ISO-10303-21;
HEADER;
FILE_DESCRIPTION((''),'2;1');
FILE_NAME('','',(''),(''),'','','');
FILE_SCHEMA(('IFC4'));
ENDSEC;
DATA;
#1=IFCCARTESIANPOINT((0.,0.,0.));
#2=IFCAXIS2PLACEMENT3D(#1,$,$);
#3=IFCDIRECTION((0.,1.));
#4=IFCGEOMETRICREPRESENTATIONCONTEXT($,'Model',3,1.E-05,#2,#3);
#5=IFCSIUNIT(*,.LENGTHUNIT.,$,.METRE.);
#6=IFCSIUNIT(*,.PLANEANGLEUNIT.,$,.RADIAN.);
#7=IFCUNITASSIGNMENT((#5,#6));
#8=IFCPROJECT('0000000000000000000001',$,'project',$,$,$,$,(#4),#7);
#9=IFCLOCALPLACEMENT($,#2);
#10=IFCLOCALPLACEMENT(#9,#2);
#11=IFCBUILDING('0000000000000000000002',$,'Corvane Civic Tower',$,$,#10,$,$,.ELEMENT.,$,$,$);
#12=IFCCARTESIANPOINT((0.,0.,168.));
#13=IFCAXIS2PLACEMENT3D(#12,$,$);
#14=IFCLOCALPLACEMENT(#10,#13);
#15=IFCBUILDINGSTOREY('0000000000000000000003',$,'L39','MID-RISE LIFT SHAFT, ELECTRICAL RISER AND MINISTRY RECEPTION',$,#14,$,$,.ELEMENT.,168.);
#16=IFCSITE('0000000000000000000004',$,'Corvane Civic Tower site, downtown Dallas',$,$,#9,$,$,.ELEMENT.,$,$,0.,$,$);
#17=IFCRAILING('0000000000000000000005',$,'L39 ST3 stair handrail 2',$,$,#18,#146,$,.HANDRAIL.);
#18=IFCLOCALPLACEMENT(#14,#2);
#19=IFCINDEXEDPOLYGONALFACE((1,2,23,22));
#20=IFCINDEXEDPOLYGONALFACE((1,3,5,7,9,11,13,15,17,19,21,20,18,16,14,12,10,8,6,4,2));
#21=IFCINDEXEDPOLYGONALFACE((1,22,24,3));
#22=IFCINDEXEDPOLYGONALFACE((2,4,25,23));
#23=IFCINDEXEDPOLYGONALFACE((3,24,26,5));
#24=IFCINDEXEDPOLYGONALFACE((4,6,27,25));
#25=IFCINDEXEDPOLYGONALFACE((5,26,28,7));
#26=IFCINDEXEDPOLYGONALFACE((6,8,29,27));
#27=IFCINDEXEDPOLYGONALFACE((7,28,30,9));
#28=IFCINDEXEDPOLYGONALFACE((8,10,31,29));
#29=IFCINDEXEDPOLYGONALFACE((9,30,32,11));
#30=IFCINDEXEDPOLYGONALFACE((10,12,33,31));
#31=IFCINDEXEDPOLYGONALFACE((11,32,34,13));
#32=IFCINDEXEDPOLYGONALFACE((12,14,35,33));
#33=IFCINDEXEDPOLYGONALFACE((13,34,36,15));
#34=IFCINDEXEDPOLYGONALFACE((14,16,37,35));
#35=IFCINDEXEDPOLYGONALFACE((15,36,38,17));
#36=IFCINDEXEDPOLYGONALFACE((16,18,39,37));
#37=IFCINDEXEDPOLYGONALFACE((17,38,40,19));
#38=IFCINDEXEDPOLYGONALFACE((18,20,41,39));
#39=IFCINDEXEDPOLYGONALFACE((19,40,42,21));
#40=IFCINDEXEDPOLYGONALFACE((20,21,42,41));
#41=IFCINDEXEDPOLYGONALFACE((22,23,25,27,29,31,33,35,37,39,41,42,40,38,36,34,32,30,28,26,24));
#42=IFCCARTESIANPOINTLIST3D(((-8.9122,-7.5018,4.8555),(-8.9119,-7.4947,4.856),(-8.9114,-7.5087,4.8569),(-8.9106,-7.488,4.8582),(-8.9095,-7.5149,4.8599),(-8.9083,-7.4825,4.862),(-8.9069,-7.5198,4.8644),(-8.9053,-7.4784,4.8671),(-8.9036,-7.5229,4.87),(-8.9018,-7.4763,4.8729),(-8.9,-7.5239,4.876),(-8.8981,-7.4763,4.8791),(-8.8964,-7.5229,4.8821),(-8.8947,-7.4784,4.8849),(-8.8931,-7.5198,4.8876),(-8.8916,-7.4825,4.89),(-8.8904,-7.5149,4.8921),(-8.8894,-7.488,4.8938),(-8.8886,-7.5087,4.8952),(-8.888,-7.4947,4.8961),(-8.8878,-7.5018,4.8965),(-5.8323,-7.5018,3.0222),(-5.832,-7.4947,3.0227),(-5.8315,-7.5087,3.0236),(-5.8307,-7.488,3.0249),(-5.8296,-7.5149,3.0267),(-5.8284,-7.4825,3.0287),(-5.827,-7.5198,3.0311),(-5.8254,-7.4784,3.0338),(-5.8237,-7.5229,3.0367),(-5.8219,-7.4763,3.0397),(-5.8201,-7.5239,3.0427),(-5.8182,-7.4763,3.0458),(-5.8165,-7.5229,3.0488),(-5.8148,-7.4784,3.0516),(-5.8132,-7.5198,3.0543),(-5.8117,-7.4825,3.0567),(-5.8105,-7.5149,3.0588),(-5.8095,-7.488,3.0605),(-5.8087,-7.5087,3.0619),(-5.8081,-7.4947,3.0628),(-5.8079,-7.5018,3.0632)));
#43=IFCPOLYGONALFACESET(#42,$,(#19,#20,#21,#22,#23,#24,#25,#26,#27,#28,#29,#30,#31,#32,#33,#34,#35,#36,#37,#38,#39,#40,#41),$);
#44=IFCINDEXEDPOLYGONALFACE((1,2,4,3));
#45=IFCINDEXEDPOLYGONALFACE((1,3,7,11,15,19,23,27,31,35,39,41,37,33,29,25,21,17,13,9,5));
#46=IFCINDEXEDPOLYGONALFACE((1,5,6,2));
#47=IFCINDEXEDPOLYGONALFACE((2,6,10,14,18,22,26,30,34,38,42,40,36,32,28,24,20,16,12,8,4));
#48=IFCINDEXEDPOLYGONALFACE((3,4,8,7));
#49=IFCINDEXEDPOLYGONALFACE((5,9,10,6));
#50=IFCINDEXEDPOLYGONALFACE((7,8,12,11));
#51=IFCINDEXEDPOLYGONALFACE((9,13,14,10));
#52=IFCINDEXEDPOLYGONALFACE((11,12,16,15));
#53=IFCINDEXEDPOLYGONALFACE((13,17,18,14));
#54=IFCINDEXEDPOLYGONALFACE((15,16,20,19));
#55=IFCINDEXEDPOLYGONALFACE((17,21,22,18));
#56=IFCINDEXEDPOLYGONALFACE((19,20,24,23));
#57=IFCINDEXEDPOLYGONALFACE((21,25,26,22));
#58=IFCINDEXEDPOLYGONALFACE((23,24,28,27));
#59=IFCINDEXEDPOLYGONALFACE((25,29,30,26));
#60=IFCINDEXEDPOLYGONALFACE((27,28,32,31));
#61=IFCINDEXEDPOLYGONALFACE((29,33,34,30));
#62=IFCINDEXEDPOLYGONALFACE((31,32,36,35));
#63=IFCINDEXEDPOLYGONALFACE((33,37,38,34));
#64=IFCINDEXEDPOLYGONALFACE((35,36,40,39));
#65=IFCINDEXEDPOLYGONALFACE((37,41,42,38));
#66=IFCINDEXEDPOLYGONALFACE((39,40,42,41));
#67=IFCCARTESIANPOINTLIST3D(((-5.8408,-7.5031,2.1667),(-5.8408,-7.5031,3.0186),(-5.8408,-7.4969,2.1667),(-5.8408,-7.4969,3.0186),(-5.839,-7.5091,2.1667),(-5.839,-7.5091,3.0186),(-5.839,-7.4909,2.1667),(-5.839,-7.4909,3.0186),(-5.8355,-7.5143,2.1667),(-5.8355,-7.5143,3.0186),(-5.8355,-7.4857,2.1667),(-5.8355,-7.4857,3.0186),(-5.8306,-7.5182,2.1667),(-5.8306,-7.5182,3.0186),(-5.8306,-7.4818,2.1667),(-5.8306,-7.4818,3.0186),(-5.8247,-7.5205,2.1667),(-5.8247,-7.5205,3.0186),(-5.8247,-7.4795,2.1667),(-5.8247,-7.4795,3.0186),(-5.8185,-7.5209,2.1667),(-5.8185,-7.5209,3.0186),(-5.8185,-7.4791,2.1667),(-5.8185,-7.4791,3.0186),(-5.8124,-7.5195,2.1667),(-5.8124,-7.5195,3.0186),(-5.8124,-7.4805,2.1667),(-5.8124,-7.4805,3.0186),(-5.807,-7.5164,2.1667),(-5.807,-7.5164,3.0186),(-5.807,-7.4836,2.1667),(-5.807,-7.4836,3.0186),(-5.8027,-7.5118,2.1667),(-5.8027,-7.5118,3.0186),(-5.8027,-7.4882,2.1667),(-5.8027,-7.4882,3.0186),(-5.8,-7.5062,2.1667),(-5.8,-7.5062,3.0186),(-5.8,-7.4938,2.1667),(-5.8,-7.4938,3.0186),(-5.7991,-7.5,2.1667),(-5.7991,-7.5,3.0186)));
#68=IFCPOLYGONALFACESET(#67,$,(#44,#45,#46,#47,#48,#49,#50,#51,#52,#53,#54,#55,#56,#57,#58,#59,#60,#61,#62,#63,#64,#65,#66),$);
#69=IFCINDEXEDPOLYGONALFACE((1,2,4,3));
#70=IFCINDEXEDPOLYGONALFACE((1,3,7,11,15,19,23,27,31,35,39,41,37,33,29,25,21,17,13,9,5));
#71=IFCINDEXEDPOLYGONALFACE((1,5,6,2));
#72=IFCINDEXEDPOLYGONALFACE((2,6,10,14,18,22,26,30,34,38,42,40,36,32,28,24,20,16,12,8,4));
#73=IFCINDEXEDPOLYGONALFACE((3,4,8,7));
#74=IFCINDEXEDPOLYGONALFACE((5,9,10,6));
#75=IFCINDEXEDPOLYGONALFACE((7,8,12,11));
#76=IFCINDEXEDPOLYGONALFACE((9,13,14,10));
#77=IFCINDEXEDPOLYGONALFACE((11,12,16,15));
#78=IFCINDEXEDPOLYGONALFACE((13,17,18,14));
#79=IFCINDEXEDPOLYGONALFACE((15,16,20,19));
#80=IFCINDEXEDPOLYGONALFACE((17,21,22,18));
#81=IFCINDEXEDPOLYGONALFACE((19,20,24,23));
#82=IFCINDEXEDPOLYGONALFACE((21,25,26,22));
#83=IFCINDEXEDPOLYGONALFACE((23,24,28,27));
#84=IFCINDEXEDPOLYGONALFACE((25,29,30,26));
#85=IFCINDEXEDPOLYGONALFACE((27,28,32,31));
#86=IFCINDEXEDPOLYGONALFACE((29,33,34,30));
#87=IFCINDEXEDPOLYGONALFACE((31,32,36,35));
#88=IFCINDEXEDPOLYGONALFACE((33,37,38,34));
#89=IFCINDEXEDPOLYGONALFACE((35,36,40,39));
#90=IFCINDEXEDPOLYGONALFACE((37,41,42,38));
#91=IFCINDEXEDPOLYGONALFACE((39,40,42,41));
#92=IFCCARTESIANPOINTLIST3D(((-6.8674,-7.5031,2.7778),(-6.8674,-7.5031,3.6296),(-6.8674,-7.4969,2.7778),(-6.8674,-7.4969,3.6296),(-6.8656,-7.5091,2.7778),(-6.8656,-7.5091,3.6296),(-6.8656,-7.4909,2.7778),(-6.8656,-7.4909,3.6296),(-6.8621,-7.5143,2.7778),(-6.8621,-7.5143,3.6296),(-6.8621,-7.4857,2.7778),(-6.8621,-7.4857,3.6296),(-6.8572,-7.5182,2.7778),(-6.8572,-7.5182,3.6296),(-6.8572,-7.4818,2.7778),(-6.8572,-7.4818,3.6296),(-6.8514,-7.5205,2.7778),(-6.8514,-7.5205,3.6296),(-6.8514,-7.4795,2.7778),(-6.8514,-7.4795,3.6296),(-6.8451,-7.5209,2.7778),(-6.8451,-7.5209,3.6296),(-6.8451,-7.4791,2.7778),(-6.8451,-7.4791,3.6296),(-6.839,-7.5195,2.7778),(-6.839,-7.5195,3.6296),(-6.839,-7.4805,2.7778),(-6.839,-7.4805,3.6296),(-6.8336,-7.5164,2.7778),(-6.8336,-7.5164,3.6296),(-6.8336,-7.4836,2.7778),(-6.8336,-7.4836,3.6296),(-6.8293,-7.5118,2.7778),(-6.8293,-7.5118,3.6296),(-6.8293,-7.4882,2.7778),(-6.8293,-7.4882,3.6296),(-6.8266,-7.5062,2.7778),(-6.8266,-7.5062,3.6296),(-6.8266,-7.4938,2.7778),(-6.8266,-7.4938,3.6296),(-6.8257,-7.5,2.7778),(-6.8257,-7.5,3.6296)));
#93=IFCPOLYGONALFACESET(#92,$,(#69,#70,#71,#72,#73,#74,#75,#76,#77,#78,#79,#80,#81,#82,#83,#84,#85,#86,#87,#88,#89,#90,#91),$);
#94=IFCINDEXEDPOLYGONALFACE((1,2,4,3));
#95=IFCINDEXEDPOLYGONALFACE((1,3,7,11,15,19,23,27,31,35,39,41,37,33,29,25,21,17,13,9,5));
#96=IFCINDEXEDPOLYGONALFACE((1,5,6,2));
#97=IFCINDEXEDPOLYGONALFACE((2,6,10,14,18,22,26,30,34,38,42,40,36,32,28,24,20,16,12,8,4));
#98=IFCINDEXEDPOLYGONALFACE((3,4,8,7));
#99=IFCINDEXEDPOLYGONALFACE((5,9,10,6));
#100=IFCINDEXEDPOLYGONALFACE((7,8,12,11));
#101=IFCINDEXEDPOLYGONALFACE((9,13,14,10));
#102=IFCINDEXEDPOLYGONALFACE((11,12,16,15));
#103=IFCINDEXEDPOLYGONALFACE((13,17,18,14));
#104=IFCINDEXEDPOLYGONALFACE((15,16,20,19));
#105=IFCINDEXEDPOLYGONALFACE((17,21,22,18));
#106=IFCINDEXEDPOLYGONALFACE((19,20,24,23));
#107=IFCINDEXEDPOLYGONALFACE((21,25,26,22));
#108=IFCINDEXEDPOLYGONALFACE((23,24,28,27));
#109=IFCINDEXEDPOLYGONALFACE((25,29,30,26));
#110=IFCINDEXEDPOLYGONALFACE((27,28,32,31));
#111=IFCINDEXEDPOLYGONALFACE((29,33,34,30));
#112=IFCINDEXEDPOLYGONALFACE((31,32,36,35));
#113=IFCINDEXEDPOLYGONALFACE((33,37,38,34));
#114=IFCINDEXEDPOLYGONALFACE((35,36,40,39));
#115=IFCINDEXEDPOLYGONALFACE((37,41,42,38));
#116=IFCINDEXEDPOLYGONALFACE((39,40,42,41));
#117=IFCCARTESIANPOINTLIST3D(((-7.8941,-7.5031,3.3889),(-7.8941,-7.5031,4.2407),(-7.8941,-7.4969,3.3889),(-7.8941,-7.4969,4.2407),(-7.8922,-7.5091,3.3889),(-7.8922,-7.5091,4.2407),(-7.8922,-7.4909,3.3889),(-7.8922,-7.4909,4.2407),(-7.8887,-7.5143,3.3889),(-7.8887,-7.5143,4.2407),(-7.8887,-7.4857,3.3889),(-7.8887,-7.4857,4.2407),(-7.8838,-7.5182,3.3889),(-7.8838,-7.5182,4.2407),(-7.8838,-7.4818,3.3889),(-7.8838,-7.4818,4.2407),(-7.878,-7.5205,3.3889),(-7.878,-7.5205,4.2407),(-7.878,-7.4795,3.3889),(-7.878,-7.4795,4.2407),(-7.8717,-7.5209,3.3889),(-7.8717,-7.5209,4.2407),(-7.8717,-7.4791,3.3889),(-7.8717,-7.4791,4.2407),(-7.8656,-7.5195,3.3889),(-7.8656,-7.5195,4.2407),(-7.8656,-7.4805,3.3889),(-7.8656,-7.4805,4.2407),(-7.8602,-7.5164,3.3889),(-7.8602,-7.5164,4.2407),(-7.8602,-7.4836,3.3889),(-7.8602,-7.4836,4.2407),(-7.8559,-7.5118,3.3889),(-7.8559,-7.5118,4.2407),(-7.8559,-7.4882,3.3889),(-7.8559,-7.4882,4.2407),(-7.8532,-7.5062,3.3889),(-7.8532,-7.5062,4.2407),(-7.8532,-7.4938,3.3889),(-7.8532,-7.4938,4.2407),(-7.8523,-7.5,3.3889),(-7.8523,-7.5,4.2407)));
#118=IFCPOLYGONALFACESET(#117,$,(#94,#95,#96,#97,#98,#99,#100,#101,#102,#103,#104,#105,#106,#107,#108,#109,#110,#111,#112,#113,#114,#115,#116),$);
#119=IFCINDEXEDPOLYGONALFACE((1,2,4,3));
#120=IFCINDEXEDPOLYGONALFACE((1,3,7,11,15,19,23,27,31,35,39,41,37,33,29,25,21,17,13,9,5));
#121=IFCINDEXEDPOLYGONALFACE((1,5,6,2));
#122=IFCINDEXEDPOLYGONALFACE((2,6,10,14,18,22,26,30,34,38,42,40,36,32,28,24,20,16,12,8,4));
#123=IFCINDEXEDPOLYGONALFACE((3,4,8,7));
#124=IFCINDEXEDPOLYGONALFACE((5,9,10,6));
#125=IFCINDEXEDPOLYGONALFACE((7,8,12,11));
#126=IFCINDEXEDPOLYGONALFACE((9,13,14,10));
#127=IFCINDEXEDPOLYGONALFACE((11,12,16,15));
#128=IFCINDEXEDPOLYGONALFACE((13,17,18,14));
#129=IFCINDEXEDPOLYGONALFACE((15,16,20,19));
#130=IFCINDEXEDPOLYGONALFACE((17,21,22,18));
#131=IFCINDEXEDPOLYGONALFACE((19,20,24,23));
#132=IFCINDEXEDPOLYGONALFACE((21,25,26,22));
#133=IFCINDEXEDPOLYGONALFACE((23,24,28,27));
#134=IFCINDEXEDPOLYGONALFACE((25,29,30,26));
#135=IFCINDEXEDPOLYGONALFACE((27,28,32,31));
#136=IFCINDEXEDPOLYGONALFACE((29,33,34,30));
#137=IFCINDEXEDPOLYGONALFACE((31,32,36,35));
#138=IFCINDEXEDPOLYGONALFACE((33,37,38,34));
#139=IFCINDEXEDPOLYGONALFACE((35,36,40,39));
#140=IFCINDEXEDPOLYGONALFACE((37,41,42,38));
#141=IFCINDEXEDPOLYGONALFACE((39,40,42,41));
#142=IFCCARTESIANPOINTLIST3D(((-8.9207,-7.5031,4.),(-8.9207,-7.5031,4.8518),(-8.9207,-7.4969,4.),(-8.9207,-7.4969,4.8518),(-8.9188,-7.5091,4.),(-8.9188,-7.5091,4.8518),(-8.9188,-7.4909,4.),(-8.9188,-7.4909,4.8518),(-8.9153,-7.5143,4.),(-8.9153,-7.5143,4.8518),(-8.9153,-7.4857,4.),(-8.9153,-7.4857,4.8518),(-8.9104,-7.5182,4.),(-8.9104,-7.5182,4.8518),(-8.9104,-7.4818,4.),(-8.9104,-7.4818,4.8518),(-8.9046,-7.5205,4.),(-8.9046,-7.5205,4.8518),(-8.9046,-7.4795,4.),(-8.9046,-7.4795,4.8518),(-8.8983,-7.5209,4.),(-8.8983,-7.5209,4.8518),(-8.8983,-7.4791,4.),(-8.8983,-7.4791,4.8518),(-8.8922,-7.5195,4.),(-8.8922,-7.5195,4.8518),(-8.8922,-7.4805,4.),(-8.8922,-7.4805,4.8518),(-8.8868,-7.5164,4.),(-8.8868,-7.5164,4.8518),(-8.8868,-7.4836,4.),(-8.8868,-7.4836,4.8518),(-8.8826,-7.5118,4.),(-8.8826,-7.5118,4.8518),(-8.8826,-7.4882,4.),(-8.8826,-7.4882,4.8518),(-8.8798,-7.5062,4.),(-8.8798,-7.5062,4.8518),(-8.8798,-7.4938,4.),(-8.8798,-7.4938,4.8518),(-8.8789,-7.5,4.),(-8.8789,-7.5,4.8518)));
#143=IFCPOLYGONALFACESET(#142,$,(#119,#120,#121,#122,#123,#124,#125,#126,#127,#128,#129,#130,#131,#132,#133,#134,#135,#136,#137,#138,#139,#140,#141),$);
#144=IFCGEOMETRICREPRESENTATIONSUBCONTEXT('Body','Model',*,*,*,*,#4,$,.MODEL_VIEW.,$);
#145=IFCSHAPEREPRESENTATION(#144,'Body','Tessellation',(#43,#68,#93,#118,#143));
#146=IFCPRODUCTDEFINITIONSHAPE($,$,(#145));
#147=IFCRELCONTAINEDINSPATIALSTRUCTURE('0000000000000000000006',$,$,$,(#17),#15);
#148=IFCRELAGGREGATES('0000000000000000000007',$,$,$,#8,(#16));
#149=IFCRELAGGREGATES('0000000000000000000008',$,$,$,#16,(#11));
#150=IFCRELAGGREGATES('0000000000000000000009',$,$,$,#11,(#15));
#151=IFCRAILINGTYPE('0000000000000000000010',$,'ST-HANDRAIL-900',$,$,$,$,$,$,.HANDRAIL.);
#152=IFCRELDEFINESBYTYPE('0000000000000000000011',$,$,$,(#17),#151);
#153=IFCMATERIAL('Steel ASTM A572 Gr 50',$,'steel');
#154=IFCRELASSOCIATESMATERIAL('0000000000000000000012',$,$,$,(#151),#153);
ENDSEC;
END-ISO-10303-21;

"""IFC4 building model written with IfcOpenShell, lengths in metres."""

from ifc_helpers import new_model, si_unit, direction, frame, origin, origin_2d, place, context, subcontext, project, spatial, circle, extrude, material, type_object, element, save


model = new_model("IFC4")

# Units and contexts
model_context = context("Model", 3, precision=1e-05, world=origin(), true_north=direction((0.0, 1.0)))
body_context = subcontext(model_context, "Body", "Model", "MODEL_VIEW")
ifc_project = project(units=[si_unit("LENGTHUNIT", "METRE"), si_unit("PLANEANGLEUNIT", "RADIAN")], contexts=[model_context])

# Site, building, storey
site_placement = place(None, origin())
site = spatial("IfcSite", under=ifc_project, at=site_placement, Name="Corvane Civic Tower site, downtown Dallas", CompositionType="ELEMENT", RefElevation=0.0)
building_placement = place(site_placement, origin())
building = spatial("IfcBuilding", under=site, at=building_placement, Name="Corvane Civic Tower", CompositionType="ELEMENT")
storey_placement = place(building_placement, frame((0.0, 0.0, 168.0)))
storey = spatial("IfcBuildingStorey", under=building, at=storey_placement, Name="L39", Description="MID-RISE LIFT SHAFT, ELECTRICAL RISER AND MINISTRY RECEPTION", CompositionType="ELEMENT", Elevation=168.0)

# Railing
ifc_material_1 = material(Name="Steel ASTM A572 Gr 50", Category="steel")
railing_type_1 = type_object("IfcRailingType", Name="ST-HANDRAIL-900", PredefinedType="HANDRAIL", material=ifc_material_1)
railing_1_placement = place(storey_placement, frame((-5.8201, -7.5, 2.1667)))
element("IfcRailing", 1, at=railing_1_placement, inside=storey, type_object=railing_type_1, Name="L39 ST3 stair handrail 2", PredefinedType="HANDRAIL", context=body_context, shape_type="SweptSolid", body=[
    extrude(circle(Radius=0.0239, at=origin_2d()), frame((0.0, 0.0, 0.876), z_axis=(-0.859291, 0.0, 0.511487), x_axis=(0.0, -1.0, 0.0)), (0.0, 0.0, 1.0), 3.5842),
    extrude(circle(Radius=0.021, at=origin_2d()), origin(), (0.0, 0.0, 1.0), 0.8518),
    extrude(circle(Radius=0.021, at=origin_2d()), frame((-1.0266, 0.0, 0.6111)), (0.0, 0.0, 1.0), 0.8518),
    extrude(circle(Radius=0.021, at=origin_2d()), frame((-2.0532, 0.0, 1.2222)), (0.0, 0.0, 1.0), 0.8518),
    extrude(circle(Radius=0.021, at=origin_2d()), frame((-3.0798, 0.0, 1.8333)), (0.0, 0.0, 1.0), 0.8518),
])

save(model, "model.ifc")
